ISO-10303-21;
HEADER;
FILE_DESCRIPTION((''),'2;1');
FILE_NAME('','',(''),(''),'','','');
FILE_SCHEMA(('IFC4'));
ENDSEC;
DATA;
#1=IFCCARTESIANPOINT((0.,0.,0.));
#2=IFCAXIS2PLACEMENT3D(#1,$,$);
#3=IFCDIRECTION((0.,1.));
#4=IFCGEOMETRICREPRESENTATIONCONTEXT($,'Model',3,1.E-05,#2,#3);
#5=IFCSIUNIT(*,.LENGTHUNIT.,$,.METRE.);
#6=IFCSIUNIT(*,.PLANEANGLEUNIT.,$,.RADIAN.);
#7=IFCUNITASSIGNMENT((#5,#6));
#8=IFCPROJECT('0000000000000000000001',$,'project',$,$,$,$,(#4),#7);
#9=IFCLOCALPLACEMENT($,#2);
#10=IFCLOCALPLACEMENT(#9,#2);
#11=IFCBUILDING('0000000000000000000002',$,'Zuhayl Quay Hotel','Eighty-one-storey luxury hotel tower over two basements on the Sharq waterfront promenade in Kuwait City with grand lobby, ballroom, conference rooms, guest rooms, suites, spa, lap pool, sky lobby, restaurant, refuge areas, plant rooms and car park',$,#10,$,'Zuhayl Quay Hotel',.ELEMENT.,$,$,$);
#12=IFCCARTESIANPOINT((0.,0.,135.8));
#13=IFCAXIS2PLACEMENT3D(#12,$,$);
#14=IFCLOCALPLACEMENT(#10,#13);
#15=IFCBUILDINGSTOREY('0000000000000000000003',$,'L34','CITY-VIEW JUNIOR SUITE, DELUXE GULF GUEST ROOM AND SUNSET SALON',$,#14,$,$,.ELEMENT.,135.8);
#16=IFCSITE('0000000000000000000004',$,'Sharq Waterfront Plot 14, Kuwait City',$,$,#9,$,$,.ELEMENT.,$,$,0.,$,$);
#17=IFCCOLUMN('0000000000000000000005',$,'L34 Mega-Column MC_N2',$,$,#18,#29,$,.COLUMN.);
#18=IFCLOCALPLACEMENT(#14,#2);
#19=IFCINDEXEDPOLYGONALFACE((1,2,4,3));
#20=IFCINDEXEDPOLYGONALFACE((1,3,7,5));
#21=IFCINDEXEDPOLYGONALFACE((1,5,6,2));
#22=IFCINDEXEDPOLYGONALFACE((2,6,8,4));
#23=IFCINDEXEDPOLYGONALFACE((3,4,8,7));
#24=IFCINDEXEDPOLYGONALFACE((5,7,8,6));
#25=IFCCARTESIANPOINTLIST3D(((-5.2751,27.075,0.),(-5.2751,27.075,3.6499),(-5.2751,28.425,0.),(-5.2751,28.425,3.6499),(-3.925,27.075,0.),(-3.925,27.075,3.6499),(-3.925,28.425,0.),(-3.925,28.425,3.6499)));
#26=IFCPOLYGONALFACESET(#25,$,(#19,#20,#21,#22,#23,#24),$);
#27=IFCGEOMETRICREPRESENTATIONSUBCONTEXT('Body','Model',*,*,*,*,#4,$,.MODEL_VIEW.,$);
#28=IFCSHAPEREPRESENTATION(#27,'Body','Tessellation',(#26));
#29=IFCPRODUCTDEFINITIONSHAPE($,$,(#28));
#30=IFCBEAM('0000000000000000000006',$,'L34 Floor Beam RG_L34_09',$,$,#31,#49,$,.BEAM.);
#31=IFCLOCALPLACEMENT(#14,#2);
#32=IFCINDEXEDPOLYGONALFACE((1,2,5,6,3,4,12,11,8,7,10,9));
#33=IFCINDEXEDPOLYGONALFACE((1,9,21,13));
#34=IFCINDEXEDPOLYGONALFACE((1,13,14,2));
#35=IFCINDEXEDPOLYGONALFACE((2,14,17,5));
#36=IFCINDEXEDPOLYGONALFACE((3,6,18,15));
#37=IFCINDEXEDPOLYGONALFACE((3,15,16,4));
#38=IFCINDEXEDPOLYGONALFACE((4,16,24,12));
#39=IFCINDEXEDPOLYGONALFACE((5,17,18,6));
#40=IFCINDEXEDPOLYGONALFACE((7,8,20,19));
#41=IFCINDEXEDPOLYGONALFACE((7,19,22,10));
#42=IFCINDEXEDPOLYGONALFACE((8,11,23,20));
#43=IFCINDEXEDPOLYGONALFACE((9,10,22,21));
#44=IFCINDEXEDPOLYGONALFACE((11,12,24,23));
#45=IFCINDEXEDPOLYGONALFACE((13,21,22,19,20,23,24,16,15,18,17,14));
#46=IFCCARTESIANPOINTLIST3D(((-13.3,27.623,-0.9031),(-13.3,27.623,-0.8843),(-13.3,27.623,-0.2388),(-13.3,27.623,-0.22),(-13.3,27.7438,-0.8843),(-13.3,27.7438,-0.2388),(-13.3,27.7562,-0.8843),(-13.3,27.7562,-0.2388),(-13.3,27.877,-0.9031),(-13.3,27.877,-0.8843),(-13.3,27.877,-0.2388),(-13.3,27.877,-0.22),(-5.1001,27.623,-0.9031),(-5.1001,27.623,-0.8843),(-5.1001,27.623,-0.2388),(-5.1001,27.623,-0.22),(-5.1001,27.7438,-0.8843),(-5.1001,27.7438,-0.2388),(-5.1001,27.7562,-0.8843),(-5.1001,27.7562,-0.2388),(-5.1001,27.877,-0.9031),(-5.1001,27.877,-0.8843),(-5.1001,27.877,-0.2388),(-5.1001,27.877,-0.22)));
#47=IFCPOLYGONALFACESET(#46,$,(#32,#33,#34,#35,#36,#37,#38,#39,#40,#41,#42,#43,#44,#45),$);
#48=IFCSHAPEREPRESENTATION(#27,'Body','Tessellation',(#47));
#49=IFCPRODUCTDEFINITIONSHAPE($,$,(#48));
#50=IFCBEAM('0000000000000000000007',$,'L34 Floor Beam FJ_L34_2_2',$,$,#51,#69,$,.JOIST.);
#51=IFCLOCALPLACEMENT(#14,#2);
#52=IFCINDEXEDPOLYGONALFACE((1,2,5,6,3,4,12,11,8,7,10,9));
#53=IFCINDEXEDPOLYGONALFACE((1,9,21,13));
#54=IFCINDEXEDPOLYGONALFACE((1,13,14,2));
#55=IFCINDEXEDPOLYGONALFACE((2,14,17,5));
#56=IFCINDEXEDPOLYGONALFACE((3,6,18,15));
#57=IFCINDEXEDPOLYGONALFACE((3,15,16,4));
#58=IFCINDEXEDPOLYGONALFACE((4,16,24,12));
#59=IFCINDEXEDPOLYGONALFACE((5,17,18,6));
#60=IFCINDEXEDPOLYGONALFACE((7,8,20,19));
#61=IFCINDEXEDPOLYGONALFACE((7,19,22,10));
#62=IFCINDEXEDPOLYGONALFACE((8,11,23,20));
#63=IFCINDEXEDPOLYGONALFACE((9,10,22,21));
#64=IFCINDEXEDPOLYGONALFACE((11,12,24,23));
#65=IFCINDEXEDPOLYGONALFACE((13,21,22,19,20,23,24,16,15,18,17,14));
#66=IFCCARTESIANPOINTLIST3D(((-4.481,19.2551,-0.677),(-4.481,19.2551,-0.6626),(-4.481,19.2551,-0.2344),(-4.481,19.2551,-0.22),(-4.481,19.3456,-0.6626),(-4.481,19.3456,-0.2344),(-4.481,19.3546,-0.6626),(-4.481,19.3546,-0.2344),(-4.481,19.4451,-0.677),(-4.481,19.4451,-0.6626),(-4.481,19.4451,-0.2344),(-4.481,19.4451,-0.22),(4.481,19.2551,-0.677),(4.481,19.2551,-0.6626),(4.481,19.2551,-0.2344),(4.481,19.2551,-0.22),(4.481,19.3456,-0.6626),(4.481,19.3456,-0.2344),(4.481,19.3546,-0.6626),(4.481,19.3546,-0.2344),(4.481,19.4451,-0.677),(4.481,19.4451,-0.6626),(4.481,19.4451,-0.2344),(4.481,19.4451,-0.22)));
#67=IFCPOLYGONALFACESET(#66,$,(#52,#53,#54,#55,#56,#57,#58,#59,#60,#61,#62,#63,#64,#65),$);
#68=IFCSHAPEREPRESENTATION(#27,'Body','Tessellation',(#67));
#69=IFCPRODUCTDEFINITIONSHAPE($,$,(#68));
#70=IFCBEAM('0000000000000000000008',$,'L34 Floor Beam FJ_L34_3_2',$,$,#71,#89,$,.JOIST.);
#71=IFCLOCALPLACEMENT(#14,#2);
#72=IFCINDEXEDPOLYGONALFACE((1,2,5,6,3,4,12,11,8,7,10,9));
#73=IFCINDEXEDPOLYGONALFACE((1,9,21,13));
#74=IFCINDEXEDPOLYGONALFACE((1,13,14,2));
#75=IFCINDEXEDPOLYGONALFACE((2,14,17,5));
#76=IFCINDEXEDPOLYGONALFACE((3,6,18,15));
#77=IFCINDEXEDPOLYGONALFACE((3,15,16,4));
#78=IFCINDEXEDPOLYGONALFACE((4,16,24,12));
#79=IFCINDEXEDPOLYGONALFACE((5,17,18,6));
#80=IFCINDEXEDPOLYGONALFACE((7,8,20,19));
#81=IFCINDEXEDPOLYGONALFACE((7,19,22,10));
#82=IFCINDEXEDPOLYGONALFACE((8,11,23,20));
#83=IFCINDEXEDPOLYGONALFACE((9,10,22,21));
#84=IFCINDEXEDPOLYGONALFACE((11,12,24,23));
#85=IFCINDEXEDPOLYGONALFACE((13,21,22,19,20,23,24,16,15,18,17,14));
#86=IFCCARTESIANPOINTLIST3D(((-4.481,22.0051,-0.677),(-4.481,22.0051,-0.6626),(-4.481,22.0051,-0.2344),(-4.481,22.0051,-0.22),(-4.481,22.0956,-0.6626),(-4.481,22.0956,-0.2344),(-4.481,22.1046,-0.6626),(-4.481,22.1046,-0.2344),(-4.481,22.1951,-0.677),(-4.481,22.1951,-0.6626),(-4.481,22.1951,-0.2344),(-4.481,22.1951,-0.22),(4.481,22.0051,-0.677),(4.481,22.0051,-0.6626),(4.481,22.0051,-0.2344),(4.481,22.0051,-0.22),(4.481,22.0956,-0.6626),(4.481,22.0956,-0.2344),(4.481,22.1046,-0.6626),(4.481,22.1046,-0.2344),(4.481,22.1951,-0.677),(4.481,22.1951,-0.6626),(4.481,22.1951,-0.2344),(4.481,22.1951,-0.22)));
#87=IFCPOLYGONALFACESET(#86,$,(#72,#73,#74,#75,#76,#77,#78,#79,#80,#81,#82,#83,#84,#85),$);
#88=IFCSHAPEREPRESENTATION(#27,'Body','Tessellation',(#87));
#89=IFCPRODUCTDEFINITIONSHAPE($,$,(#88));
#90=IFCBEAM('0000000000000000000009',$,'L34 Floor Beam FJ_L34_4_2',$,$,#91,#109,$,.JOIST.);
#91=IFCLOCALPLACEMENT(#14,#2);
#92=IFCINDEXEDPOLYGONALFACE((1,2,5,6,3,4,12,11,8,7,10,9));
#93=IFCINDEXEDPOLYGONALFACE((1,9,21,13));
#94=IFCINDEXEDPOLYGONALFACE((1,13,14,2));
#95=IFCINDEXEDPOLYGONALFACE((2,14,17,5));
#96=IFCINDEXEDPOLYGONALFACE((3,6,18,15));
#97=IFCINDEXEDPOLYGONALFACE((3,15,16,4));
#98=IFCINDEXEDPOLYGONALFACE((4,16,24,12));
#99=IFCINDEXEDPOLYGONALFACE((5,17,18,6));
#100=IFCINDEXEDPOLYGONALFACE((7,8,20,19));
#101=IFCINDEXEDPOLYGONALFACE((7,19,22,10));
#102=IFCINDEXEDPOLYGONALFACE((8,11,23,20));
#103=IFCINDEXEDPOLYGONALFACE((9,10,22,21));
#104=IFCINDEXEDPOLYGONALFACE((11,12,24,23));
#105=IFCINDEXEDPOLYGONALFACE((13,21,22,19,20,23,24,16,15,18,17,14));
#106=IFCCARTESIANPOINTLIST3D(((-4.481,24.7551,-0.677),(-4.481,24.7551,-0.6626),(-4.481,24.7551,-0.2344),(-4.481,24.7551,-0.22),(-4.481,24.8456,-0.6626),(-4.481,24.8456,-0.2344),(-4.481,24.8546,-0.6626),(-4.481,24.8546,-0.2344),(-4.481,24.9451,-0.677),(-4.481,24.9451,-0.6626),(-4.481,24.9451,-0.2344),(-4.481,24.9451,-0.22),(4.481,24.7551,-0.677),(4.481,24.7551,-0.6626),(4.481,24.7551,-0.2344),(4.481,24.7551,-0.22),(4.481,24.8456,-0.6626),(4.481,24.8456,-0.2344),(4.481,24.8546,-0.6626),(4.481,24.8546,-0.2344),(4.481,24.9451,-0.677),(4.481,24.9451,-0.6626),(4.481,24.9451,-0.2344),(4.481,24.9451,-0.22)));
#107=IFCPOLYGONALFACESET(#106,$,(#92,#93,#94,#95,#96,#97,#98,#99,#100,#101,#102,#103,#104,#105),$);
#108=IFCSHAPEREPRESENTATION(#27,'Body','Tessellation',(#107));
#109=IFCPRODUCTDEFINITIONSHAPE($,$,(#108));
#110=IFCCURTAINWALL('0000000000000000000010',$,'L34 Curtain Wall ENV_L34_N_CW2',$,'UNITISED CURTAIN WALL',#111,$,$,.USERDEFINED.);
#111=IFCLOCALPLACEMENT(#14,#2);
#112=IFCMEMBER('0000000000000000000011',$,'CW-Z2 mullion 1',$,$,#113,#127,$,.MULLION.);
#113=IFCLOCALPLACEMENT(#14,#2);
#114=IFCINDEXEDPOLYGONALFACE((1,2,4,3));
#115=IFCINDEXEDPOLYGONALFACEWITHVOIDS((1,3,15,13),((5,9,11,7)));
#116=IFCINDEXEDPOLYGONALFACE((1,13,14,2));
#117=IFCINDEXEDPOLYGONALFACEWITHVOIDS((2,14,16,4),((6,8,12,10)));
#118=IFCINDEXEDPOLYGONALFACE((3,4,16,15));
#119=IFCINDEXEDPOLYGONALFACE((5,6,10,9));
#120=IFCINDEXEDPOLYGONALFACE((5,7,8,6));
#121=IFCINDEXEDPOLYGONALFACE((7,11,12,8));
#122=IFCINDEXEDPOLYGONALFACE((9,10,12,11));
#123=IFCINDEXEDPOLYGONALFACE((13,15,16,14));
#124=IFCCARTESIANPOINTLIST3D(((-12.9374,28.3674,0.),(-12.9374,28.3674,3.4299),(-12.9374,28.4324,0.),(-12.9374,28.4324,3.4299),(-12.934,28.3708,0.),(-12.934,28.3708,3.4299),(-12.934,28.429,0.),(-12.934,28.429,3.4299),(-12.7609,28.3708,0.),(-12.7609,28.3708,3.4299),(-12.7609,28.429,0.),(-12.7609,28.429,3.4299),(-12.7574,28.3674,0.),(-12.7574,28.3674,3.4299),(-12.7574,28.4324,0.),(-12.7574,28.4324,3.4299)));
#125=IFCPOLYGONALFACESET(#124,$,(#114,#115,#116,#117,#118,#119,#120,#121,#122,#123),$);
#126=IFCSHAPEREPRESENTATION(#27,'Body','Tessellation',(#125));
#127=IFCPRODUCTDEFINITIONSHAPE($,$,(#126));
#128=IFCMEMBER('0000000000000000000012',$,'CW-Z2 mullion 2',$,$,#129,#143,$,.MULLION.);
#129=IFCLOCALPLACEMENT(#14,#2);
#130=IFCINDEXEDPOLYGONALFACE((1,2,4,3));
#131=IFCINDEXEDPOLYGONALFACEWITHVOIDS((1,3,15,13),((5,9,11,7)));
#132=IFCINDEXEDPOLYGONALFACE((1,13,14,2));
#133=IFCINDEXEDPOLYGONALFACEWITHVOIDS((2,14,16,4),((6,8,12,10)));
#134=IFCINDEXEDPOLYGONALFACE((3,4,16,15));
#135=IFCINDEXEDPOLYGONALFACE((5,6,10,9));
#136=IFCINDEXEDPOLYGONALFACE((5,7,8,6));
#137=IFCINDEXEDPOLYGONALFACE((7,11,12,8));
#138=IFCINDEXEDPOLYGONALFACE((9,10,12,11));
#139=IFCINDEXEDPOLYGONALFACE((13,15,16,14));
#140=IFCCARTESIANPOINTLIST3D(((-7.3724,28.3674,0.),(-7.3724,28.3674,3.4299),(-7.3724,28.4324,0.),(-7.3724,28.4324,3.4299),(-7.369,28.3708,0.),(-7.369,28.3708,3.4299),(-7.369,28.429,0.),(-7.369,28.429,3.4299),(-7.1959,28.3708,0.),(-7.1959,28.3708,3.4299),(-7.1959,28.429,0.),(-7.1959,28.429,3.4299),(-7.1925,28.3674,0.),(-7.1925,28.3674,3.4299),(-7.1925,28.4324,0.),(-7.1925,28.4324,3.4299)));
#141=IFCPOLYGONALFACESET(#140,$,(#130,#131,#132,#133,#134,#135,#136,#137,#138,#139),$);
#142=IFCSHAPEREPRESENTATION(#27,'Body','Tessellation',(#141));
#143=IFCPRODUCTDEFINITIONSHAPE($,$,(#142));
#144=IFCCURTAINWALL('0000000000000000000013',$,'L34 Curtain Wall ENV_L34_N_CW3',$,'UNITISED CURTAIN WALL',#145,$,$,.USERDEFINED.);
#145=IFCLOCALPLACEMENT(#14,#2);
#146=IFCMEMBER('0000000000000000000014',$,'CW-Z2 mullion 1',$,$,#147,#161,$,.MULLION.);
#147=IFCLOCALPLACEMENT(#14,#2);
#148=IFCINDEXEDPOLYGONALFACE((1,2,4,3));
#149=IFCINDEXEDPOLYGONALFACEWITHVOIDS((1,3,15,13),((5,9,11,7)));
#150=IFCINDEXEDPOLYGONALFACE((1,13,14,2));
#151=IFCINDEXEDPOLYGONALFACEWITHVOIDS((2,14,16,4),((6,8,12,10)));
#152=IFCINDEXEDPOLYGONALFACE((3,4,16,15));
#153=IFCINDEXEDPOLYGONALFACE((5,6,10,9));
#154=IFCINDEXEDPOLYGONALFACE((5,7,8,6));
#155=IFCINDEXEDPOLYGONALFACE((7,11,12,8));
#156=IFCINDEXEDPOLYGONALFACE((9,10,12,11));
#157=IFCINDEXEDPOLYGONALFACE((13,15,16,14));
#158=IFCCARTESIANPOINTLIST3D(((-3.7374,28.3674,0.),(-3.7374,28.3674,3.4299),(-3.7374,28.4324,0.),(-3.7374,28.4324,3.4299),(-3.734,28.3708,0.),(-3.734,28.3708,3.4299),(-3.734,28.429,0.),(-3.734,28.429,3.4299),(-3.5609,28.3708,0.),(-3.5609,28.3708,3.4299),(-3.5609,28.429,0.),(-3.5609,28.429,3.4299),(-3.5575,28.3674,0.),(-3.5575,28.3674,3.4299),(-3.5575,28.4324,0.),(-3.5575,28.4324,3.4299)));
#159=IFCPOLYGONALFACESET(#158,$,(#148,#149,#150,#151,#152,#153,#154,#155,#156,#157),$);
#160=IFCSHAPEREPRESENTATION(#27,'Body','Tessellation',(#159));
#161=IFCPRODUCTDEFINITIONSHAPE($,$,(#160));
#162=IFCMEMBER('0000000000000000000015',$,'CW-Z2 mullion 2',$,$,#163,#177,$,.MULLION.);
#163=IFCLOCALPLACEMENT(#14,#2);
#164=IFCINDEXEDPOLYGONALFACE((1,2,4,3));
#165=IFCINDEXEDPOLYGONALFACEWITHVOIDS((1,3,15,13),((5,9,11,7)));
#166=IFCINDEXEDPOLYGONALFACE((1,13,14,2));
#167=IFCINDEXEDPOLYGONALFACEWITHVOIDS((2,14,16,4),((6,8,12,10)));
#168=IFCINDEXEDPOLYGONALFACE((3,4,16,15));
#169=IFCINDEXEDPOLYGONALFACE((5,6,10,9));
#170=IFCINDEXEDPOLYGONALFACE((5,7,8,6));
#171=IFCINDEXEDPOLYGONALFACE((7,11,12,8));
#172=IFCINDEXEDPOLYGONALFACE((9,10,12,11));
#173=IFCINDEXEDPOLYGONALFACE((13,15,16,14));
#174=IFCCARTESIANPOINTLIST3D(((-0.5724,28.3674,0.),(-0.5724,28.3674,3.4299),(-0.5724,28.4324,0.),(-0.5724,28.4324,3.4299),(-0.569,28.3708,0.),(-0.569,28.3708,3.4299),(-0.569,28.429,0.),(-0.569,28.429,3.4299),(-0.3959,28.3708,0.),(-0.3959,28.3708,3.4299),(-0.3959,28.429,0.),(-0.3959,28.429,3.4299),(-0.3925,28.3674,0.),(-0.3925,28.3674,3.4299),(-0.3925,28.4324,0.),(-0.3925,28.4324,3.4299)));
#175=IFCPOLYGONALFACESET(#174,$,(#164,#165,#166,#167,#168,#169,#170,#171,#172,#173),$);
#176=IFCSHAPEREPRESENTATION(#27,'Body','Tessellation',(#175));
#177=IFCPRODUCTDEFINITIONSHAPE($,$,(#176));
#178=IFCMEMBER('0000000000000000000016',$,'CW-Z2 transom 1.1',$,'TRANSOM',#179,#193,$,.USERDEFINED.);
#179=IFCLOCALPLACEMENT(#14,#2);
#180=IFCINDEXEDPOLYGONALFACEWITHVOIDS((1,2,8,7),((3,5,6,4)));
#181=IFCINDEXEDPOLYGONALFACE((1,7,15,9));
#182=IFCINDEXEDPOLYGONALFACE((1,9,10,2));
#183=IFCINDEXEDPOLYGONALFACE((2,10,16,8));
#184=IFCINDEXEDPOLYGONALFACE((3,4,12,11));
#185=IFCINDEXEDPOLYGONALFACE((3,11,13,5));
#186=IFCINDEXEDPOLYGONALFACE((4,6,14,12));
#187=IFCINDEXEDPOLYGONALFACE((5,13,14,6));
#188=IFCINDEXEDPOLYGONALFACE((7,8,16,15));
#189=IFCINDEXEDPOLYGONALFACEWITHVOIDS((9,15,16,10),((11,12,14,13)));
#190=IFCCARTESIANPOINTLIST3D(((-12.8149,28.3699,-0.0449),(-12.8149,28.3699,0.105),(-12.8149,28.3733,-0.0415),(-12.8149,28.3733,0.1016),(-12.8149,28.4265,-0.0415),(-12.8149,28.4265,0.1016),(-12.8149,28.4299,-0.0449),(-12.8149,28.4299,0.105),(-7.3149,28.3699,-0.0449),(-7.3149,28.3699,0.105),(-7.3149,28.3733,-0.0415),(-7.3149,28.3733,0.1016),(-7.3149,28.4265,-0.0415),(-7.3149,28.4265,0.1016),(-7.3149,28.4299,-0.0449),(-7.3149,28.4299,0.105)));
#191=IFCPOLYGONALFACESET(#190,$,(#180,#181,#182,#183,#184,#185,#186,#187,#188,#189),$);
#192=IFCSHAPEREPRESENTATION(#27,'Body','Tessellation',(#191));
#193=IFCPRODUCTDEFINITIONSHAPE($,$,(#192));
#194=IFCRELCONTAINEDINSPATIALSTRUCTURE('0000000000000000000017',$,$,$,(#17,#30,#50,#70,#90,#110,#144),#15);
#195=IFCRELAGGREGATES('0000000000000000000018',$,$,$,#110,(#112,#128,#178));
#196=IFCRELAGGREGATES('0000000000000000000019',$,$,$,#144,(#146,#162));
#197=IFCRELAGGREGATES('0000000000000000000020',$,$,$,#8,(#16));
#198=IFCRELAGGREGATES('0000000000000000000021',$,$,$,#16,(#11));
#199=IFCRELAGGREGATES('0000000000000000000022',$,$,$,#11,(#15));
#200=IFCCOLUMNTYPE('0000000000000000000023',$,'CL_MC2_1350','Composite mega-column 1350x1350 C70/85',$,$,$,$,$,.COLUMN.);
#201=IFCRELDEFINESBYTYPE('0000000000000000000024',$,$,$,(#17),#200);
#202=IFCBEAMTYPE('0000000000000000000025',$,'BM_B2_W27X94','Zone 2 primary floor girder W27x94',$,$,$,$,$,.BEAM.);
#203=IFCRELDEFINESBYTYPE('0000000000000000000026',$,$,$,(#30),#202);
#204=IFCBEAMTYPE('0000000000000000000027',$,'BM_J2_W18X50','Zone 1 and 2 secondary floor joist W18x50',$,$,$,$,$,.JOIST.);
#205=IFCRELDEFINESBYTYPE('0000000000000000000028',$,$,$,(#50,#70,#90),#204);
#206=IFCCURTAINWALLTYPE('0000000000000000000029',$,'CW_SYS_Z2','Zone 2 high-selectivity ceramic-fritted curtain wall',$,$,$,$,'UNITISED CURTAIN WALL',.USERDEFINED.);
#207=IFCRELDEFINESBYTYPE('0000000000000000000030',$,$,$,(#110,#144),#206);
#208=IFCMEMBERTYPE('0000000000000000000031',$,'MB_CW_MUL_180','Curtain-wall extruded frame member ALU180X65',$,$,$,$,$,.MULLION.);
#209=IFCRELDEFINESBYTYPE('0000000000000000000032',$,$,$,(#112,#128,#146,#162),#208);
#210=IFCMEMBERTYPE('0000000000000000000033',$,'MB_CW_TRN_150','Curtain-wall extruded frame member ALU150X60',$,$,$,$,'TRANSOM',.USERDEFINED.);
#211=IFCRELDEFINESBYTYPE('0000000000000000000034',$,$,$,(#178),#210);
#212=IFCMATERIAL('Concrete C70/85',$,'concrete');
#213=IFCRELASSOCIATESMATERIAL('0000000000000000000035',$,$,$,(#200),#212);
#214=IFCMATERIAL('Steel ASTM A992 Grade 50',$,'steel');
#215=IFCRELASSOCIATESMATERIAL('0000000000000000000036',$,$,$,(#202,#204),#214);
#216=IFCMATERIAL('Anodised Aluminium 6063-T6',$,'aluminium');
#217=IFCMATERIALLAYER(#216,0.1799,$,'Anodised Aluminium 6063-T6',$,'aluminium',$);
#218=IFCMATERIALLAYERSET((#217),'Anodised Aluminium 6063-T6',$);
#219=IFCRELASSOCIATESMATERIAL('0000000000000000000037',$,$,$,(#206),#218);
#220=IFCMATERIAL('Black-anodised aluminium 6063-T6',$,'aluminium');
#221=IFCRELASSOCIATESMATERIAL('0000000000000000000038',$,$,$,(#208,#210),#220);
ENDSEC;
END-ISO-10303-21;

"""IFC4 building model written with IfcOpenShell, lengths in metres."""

from ifc_helpers import new_model, si_unit, direction, frame, origin, origin_2d, place, context, subcontext, project, spatial, rectangle, hollow_rectangle, i_section, extrude, material, layer, layer_set, material_profile, profile_set, type_object, element, aggregate, save


model = new_model("IFC4")

# Units and contexts
model_context = context("Model", 3, precision=1e-05, world=origin(), true_north=direction((0.0, 1.0)))
body_context = subcontext(model_context, "Body", "Model", "MODEL_VIEW")
ifc_project = project(units=[si_unit("LENGTHUNIT", "METRE"), si_unit("PLANEANGLEUNIT", "RADIAN")], contexts=[model_context])

# Site, building, storey
site_placement = place(None, origin())
site = spatial("IfcSite", under=ifc_project, at=site_placement, Name="Sharq Waterfront Plot 14, Kuwait City", CompositionType="ELEMENT", RefElevation=0.0)
building_placement = place(site_placement, origin())
building = spatial("IfcBuilding", under=site, at=building_placement, Name="Zuhayl Quay Hotel", Description="Eighty-one-storey luxury hotel tower over two basements on the Sharq waterfront promenade in Kuwait City with grand lobby, ballroom, conference rooms, guest rooms, suites, spa, lap pool, sky lobby, restaurant, refuge areas, plant rooms and car park", LongName="Zuhayl Quay Hotel", CompositionType="ELEMENT")
storey_placement = place(building_placement, frame((0.0, 0.0, 135.8)))
storey = spatial("IfcBuildingStorey", under=building, at=storey_placement, Name="L34", Description="CITY-VIEW JUNIOR SUITE, DELUXE GULF GUEST ROOM AND SUNSET SALON", CompositionType="ELEMENT", Elevation=135.8)

# Column
ifc_material_1 = material(Name="Concrete C70/85", Category="concrete")
ifc_material_profile_1 = material_profile(ifc_material_1, rectangle(XDim=1.3501, YDim=1.3501, at=origin_2d()), Name="RC1350X1350")
ifc_profile_set_1 = profile_set([ifc_material_profile_1], Name="Concrete C70/85")
column_type = type_object("IfcColumnType", Name="CL_MC2_1350", Description="Composite mega-column 1350x1350 C70/85", PredefinedType="COLUMN", material=ifc_profile_set_1)
column_placement = place(storey_placement, frame((-4.6001, 27.75, 0.0), z_axis=(0.0, 0.0, 1.0), x_axis=(1.0, 0.0, 0.0)))
element("IfcColumn", 1, at=column_placement, inside=storey, type_object=column_type, Name="L34 Mega-Column MC_N2", PredefinedType="COLUMN", context=body_context, shape_type="SweptSolid", body=[
    extrude(rectangle(XDim=1.3501, YDim=1.3501, at=origin_2d()), origin(), (0.0, 0.0, 1.0), 3.6499),
])

# Beams
ifc_material_2 = material(Name="Steel ASTM A992 Grade 50", Category="steel")
ifc_material_profile_2 = material_profile(ifc_material_2, i_section(OverallWidth=0.2539, OverallDepth=0.6831, WebThickness=0.0125, FlangeThickness=0.0188, at=origin_2d()), Name="W27X94")
ifc_profile_set_2 = profile_set([ifc_material_profile_2], Name="Steel ASTM A992 Grade 50")
beam_type_1 = type_object("IfcBeamType", Name="BM_B2_W27X94", Description="Zone 2 primary floor girder W27x94", PredefinedType="BEAM", material=ifc_profile_set_2)
beam_placement = place(storey_placement, frame((-5.1001, 27.75, -0.5615), z_axis=(-1.0, 0.0, 0.0), x_axis=(0.0, -1.0, 0.0)))
element("IfcBeam", 2, at=beam_placement, inside=storey, type_object=beam_type_1, Name="L34 Floor Beam RG_L34_09", PredefinedType="BEAM", context=body_context, shape_type="SweptSolid", body=[
    extrude(i_section(OverallWidth=0.2539, OverallDepth=0.6831, WebThickness=0.0125, FlangeThickness=0.0188, at=origin_2d()), origin(), (0.0, 0.0, 1.0), 8.2),
])
ifc_material_profile_3 = material_profile(ifc_material_2, i_section(OverallWidth=0.1899, OverallDepth=0.457, WebThickness=0.009, FlangeThickness=0.0144, at=origin_2d()), Name="W18X50")
ifc_profile_set_3 = profile_set([ifc_material_profile_3], Name="Steel ASTM A992 Grade 50")
beam_type_2 = type_object("IfcBeamType", Name="BM_J2_W18X50", Description="Zone 1 and 2 secondary floor joist W18x50", PredefinedType="JOIST", material=ifc_profile_set_3)
for number, where, z_axis, x_axis, name in (
    (3, (-4.481, 19.3501, -0.4485), (1.0, 0.0, 0.0), (0.0, 1.0, 0.0), "L34 Floor Beam FJ_L34_2_2"),
    (4, (-4.481, 22.1001, -0.4485), (1.0, 0.0, 0.0), (0.0, 1.0, 0.0), "L34 Floor Beam FJ_L34_3_2"),
    (5, (-4.481, 24.8501, -0.4485), (1.0, 0.0, 0.0), (0.0, 1.0, 0.0), "L34 Floor Beam FJ_L34_4_2"),
):
    element("IfcBeam", number, at=place(storey_placement, frame(where, z_axis=z_axis, x_axis=x_axis)), inside=storey, type_object=beam_type_2, Name=name, PredefinedType="JOIST", context=body_context, shape_type="SweptSolid", body=[
        extrude(i_section(OverallWidth=0.1899, OverallDepth=0.457, WebThickness=0.009, FlangeThickness=0.0144, at=origin_2d()), origin(), (0.0, 0.0, 1.0), 8.9619),
    ])

# Curtain walls, members
ifc_material_3 = material(Name="Anodised Aluminium 6063-T6", Category="aluminium")
ifc_layer_1 = layer(ifc_material_3, 0.1799, Name="Anodised Aluminium 6063-T6", Category="aluminium")
ifc_layer_set_1 = layer_set([ifc_layer_1], Name="Anodised Aluminium 6063-T6")
curtain_wall_type = type_object("IfcCurtainWallType", Name="CW_SYS_Z2", Description="Zone 2 high-selectivity ceramic-fritted curtain wall", ElementType="UNITISED CURTAIN WALL", PredefinedType="USERDEFINED", material=ifc_layer_set_1)
curtain_wall_1_placement = place(storey_placement, origin())
curtain_wall_1 = element("IfcCurtainWall", 6, at=curtain_wall_1_placement, inside=storey, type_object=curtain_wall_type, Name="L34 Curtain Wall ENV_L34_N_CW2", ObjectType="UNITISED CURTAIN WALL", PredefinedType="USERDEFINED")
ifc_material_4 = material(Name="Black-anodised aluminium 6063-T6", Category="aluminium")
ifc_material_profile_4 = material_profile(ifc_material_4, hollow_rectangle(XDim=0.0649, YDim=0.1799, WallThickness=0.0034, at=origin_2d()), Name="ALU180X65")
ifc_profile_set_4 = profile_set([ifc_material_profile_4], Name="Black-anodised aluminium 6063-T6")
member_type_1 = type_object("IfcMemberType", Name="MB_CW_MUL_180", Description="Curtain-wall extruded frame member ALU180X65", PredefinedType="MULLION", material=ifc_profile_set_4)
member_1_placement = place(storey_placement, frame((-12.8474, 28.3999, 0.0), z_axis=(0.0, 0.0, 1.0), x_axis=(0.0, 1.0, 0.0)))
member_1 = element("IfcMember", 7, at=member_1_placement, type_object=member_type_1, Name="CW-Z2 mullion 1", PredefinedType="MULLION", context=body_context, shape_type="SweptSolid", body=[
    extrude(hollow_rectangle(XDim=0.0649, YDim=0.1799, WallThickness=0.0034, at=origin_2d()), origin(), (0.0, 0.0, 1.0), 3.4299),
])
member_2_placement = place(storey_placement, frame((-7.2825, 28.3999, 0.0), z_axis=(0.0, 0.0, 1.0), x_axis=(0.0, 1.0, 0.0)))
member_2 = element("IfcMember", 8, at=member_2_placement, type_object=member_type_1, Name="CW-Z2 mullion 2", PredefinedType="MULLION", context=body_context, shape_type="SweptSolid", body=[
    extrude(hollow_rectangle(XDim=0.0649, YDim=0.1799, WallThickness=0.0034, at=origin_2d()), origin(), (0.0, 0.0, 1.0), 3.4299),
])
curtain_wall_2_placement = place(storey_placement, origin())
curtain_wall_2 = element("IfcCurtainWall", 9, at=curtain_wall_2_placement, inside=storey, type_object=curtain_wall_type, Name="L34 Curtain Wall ENV_L34_N_CW3", ObjectType="UNITISED CURTAIN WALL", PredefinedType="USERDEFINED")
member_3_placement = place(storey_placement, frame((-3.6475, 28.3999, 0.0), z_axis=(0.0, 0.0, 1.0), x_axis=(0.0, 1.0, 0.0)))
member_3 = element("IfcMember", 10, at=member_3_placement, type_object=member_type_1, Name="CW-Z2 mullion 1", PredefinedType="MULLION", context=body_context, shape_type="SweptSolid", body=[
    extrude(hollow_rectangle(XDim=0.0649, YDim=0.1799, WallThickness=0.0034, at=origin_2d()), origin(), (0.0, 0.0, 1.0), 3.4299),
])
member_4_placement = place(storey_placement, frame((-0.4824, 28.3999, 0.0), z_axis=(0.0, 0.0, 1.0), x_axis=(0.0, 1.0, 0.0)))
member_4 = element("IfcMember", 11, at=member_4_placement, type_object=member_type_1, Name="CW-Z2 mullion 2", PredefinedType="MULLION", context=body_context, shape_type="SweptSolid", body=[
    extrude(hollow_rectangle(XDim=0.0649, YDim=0.1799, WallThickness=0.0034, at=origin_2d()), origin(), (0.0, 0.0, 1.0), 3.4299),
])

# Member
ifc_material_profile_5 = material_profile(ifc_material_4, hollow_rectangle(XDim=0.0601, YDim=0.1499, WallThickness=0.0034, at=origin_2d()), Name="ALU150X60")
ifc_profile_set_5 = profile_set([ifc_material_profile_5], Name="Black-anodised aluminium 6063-T6")
member_type_2 = type_object("IfcMemberType", Name="MB_CW_TRN_150", Description="Curtain-wall extruded frame member ALU150X60", ElementType="TRANSOM", PredefinedType="USERDEFINED", material=ifc_profile_set_5)
member_5_placement = place(storey_placement, frame((-12.8149, 28.3999, 0.03), z_axis=(1.0, 0.0, 0.0), x_axis=(0.0, 1.0, 0.0)))
member_5 = element("IfcMember", 12, at=member_5_placement, type_object=member_type_2, Name="CW-Z2 transom 1.1", ObjectType="TRANSOM", PredefinedType="USERDEFINED", context=body_context, shape_type="SweptSolid", body=[
    extrude(hollow_rectangle(XDim=0.0601, YDim=0.1499, WallThickness=0.0034, at=origin_2d()), origin(), (0.0, 0.0, 1.0), 5.5),
])

aggregate(curtain_wall_1, [member_1, member_2, member_5])
aggregate(curtain_wall_2, [member_3, member_4])

save(model, "model.ifc")
